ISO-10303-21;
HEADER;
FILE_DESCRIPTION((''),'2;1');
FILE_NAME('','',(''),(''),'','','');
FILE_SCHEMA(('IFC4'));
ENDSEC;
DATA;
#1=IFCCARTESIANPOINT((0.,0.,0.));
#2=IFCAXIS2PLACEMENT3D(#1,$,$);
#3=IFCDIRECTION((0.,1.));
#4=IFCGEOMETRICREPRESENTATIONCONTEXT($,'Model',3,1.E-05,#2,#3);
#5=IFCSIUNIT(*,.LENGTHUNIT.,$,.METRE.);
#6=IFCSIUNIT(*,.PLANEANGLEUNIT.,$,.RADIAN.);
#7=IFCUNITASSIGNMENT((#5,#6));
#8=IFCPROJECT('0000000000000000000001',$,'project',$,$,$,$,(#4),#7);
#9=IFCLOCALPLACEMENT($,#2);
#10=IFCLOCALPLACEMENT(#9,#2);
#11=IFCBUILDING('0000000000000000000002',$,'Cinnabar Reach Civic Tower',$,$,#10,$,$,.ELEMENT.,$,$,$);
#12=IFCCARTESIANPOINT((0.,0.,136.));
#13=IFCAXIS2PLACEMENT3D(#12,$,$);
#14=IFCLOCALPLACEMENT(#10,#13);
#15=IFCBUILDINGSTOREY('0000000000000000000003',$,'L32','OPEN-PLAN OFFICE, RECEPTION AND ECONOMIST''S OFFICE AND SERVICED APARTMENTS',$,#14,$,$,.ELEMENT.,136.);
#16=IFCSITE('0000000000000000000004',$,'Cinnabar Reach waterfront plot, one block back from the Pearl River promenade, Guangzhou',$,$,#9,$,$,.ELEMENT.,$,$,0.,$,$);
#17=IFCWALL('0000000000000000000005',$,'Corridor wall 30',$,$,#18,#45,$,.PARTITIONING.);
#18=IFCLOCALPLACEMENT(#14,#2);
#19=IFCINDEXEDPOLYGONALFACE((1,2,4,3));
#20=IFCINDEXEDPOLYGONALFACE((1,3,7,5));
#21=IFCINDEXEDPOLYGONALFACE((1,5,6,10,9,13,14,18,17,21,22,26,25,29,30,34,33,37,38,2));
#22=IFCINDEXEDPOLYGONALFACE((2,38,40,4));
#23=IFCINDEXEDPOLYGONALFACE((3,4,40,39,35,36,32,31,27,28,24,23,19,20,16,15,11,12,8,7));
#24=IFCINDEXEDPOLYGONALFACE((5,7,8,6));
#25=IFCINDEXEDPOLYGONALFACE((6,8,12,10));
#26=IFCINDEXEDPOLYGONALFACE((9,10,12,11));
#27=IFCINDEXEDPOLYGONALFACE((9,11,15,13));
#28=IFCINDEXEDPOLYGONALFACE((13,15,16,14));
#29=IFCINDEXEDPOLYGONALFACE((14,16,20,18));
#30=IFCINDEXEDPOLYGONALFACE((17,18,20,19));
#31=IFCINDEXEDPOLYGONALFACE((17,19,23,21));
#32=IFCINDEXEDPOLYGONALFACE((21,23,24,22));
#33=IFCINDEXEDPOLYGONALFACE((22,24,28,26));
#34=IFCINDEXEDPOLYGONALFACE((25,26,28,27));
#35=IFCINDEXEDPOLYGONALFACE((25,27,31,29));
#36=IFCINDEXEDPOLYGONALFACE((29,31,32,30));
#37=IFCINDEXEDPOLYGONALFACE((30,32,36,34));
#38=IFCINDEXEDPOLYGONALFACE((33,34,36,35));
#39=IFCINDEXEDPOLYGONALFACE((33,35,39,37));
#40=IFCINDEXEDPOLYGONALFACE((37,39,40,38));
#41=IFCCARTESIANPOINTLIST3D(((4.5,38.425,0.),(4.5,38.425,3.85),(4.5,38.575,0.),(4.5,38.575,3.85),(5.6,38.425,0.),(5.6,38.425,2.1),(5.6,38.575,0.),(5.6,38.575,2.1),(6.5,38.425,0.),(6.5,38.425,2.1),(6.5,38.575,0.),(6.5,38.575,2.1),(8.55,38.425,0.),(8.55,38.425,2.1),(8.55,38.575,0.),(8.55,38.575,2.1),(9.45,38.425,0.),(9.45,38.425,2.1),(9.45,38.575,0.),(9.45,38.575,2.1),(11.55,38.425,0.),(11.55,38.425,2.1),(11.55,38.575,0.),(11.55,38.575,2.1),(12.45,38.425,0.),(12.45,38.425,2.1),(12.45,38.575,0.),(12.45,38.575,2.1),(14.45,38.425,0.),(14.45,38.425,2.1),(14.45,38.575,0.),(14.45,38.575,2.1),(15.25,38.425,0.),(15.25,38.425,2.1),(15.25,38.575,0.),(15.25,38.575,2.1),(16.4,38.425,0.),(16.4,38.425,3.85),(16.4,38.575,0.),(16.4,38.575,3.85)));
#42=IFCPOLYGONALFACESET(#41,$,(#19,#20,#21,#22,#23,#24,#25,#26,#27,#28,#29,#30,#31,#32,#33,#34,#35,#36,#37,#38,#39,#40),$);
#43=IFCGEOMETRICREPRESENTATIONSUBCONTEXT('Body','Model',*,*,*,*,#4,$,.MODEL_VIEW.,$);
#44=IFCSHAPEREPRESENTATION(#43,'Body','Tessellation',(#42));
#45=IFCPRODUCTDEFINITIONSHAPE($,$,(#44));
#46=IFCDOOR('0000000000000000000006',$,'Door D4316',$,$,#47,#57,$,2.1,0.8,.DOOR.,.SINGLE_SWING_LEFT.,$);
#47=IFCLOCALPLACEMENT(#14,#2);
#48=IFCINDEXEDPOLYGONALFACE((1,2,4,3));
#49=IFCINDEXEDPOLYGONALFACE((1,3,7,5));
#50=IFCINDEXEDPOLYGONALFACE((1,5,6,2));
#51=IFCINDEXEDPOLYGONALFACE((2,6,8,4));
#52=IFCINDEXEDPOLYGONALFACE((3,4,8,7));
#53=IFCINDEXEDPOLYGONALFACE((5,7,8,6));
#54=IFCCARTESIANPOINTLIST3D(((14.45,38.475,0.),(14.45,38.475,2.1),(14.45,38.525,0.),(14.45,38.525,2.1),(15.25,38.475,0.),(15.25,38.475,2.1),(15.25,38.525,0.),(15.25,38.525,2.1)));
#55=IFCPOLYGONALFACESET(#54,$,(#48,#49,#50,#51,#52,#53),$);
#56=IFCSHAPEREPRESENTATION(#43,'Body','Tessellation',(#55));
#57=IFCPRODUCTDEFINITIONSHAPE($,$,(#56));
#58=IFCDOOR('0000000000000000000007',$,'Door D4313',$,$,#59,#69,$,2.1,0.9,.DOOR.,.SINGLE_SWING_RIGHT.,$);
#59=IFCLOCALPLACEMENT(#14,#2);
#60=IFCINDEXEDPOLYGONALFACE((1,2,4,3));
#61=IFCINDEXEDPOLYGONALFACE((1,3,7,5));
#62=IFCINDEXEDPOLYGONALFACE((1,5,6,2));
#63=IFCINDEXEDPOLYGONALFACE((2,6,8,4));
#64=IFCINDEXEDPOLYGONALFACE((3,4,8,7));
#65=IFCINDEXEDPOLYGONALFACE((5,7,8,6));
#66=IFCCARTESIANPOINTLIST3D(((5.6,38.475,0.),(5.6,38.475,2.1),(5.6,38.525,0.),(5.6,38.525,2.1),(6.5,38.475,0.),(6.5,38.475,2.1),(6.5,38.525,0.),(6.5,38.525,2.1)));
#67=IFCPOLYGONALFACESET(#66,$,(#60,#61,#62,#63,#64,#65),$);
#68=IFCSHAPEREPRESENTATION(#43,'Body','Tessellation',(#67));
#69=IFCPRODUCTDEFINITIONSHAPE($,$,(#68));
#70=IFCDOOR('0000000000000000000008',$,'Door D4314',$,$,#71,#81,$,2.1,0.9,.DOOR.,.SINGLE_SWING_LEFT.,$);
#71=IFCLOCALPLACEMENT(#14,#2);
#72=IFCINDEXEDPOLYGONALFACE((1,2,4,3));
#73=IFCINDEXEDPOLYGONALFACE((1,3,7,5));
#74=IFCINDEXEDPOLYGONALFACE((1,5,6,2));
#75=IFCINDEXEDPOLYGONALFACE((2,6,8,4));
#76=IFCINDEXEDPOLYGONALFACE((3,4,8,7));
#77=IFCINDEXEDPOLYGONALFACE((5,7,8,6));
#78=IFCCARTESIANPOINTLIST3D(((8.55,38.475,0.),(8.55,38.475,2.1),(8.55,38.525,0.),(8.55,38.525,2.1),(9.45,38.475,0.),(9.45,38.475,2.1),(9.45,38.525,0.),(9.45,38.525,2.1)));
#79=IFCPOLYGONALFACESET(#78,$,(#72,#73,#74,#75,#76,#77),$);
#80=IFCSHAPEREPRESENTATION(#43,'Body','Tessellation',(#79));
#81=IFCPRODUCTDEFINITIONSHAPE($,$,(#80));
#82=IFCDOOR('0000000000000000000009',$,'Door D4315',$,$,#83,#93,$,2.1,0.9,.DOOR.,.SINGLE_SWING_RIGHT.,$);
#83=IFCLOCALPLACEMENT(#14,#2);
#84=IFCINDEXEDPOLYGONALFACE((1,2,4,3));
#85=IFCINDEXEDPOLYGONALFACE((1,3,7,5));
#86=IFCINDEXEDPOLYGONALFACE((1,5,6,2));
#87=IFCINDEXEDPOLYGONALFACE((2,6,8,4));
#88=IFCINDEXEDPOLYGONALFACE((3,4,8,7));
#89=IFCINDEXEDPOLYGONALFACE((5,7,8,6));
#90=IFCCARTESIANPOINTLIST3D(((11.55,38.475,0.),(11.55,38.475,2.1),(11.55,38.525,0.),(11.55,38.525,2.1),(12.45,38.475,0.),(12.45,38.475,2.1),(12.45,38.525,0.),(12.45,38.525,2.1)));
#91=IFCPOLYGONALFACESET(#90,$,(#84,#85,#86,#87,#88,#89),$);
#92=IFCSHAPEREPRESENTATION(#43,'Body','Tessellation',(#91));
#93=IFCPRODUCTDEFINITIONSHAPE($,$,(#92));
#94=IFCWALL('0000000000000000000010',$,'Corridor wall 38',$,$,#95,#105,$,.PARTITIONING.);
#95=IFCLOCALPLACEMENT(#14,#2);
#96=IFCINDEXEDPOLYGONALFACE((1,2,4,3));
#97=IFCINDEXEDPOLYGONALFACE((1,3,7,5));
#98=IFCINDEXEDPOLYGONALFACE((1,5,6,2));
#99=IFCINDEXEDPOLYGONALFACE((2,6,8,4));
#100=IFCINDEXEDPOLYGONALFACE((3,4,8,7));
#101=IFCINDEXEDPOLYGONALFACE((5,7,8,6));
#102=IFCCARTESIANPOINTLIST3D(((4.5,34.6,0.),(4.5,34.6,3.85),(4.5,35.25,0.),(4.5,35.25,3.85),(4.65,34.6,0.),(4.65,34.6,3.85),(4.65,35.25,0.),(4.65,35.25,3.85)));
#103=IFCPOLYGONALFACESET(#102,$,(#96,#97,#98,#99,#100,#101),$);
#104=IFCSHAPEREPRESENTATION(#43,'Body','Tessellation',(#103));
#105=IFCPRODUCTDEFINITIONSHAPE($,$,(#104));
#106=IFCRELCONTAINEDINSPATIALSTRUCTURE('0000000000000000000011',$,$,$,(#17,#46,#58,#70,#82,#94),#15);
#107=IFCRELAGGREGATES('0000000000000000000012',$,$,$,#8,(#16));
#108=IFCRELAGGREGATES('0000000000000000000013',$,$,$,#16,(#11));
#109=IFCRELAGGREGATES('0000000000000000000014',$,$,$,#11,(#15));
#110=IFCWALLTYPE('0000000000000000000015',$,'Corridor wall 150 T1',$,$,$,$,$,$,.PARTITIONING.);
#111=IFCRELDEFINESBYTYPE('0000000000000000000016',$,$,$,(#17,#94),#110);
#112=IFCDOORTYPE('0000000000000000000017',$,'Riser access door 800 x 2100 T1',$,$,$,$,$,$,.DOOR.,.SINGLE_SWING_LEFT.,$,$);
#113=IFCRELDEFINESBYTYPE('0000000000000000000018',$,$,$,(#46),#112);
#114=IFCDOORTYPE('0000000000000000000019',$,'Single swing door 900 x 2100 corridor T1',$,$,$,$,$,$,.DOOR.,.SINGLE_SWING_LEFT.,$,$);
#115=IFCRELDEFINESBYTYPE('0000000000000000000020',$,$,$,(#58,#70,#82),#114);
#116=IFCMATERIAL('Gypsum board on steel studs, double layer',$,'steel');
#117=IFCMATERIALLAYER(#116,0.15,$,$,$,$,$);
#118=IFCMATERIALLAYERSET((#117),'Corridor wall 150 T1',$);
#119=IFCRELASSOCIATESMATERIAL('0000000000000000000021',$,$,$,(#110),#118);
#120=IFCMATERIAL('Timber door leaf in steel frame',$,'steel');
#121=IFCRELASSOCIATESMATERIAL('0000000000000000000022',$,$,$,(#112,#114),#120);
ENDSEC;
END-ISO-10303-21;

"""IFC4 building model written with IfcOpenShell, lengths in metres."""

from ifc_helpers import new_model, si_unit, direction, frame, frame_2d, origin, place, context, subcontext, project, spatial, rectangle, extrude, material, layer, layer_set, type_object, element, fill, save


model = new_model("IFC4")

# Units and contexts
model_context = context("Model", 3, precision=1e-05, world=origin(), true_north=direction((0.0, 1.0)))
body_context = subcontext(model_context, "Body", "Model", "MODEL_VIEW")
ifc_project = project(units=[si_unit("LENGTHUNIT", "METRE"), si_unit("PLANEANGLEUNIT", "RADIAN")], contexts=[model_context])

# Site, building, storey
site_placement = place(None, origin())
site = spatial("IfcSite", under=ifc_project, at=site_placement, Name="Cinnabar Reach waterfront plot, one block back from the Pearl River promenade, Guangzhou", CompositionType="ELEMENT", RefElevation=0.0)
building_placement = place(site_placement, origin())
building = spatial("IfcBuilding", under=site, at=building_placement, Name="Cinnabar Reach Civic Tower", CompositionType="ELEMENT")
storey_placement = place(building_placement, frame((0.0, 0.0, 136.0)))
storey = spatial("IfcBuildingStorey", under=building, at=storey_placement, Name="L32", Description="OPEN-PLAN OFFICE, RECEPTION AND ECONOMIST'S OFFICE AND SERVICED APARTMENTS", CompositionType="ELEMENT", Elevation=136.0)

# Shared definitions
ifc_material_1 = material(Name="Timber door leaf in steel frame", Category="steel")

# Wall, openings, doors
ifc_material_2 = material(Name="Gypsum board on steel studs, double layer", Category="steel")
ifc_layer_1 = layer(ifc_material_2, 0.15)
ifc_layer_set_1 = layer_set([ifc_layer_1], Name="Corridor wall 150 T1")
wall_type_1 = type_object("IfcWallType", Name="Corridor wall 150 T1", PredefinedType="PARTITIONING", material=ifc_layer_set_1)
wall_1_placement = place(storey_placement, frame((4.5, 38.5, 0.0), z_axis=(0.0, 0.0, 1.0), x_axis=(1.0, 0.0, 0.0)))
wall_1 = element("IfcWall", 1, at=wall_1_placement, inside=storey, type_object=wall_type_1, Name="Corridor wall 30", PredefinedType="PARTITIONING", context=body_context, shape_type="SweptSolid", body=[
    extrude(rectangle(XDim=11.9, YDim=0.15, at=frame_2d((5.95, 0.0))), origin(), (0.0, 0.0, 1.0), 3.85),
])
opening_1_placement = place(wall_1_placement, frame((1.1, 0.0, 0.0)))
opening_1 = element("IfcOpeningElement", 2, at=opening_1_placement, cuts=wall_1, PredefinedType="OPENING", context=body_context, shape_type="SweptSolid", body=[
    extrude(rectangle(XDim=0.9, YDim=2.1, at=frame_2d((0.45, 1.05))), frame((0.0, 0.085, 0.0), z_axis=(0.0, -1.0, 0.0), x_axis=(1.0, 0.0, 0.0)), (0.0, 0.0, 1.0), 0.17),
])
opening_2_placement = place(wall_1_placement, frame((4.05, 0.0, 0.0)))
opening_2 = element("IfcOpeningElement", 3, at=opening_2_placement, cuts=wall_1, PredefinedType="OPENING", context=body_context, shape_type="SweptSolid", body=[
    extrude(rectangle(XDim=0.9, YDim=2.1, at=frame_2d((0.45, 1.05))), frame((0.0, 0.085, 0.0), z_axis=(0.0, -1.0, 0.0), x_axis=(1.0, 0.0, 0.0)), (0.0, 0.0, 1.0), 0.17),
])
opening_3_placement = place(wall_1_placement, frame((7.05, 0.0, 0.0)))
opening_3 = element("IfcOpeningElement", 4, at=opening_3_placement, cuts=wall_1, PredefinedType="OPENING", context=body_context, shape_type="SweptSolid", body=[
    extrude(rectangle(XDim=0.9, YDim=2.1, at=frame_2d((0.45, 1.05))), frame((0.0, 0.085, 0.0), z_axis=(0.0, -1.0, 0.0), x_axis=(1.0, 0.0, 0.0)), (0.0, 0.0, 1.0), 0.17),
])
opening_4_placement = place(wall_1_placement, frame((9.95, 0.0, 0.0)))
opening_4 = element("IfcOpeningElement", 5, at=opening_4_placement, cuts=wall_1, PredefinedType="OPENING", context=body_context, shape_type="SweptSolid", body=[
    extrude(rectangle(XDim=0.8, YDim=2.1, at=frame_2d((0.4, 1.05))), frame((0.0, 0.085, 0.0), z_axis=(0.0, -1.0, 0.0), x_axis=(1.0, 0.0, 0.0)), (0.0, 0.0, 1.0), 0.17),
])
door_type_1 = type_object("IfcDoorType", Name="Riser access door 800 x 2100 T1", OperationType="SINGLE_SWING_LEFT", PredefinedType="DOOR", material=ifc_material_1)
door_1_placement = place(opening_4_placement, origin())
door_1 = element("IfcDoor", 6, at=door_1_placement, inside=storey, type_object=door_type_1, Name="Door D4316", OperationType="SINGLE_SWING_LEFT", OverallHeight=2.1, OverallWidth=0.8, PredefinedType="DOOR", context=body_context, shape_type="SweptSolid", body=[
    extrude(rectangle(XDim=0.8, YDim=2.1, at=frame_2d((0.4, 1.05))), frame((0.0, 0.025, 0.0), z_axis=(0.0, -1.0, 0.0), x_axis=(1.0, 0.0, 0.0)), (0.0, 0.0, 1.0), 0.05),
])
fill(opening_4, door_1)
door_type_2 = type_object("IfcDoorType", Name="Single swing door 900 x 2100 corridor T1", OperationType="SINGLE_SWING_LEFT", PredefinedType="DOOR", material=ifc_material_1)
door_2_placement = place(opening_1_placement, origin())
door_2 = element("IfcDoor", 7, at=door_2_placement, inside=storey, type_object=door_type_2, Name="Door D4313", OperationType="SINGLE_SWING_RIGHT", OverallHeight=2.1, OverallWidth=0.9, PredefinedType="DOOR", context=body_context, shape_type="SweptSolid", body=[
    extrude(rectangle(XDim=0.9, YDim=2.1, at=frame_2d((0.45, 1.05))), frame((0.0, 0.025, 0.0), z_axis=(0.0, -1.0, 0.0), x_axis=(1.0, 0.0, 0.0)), (0.0, 0.0, 1.0), 0.05),
])
fill(opening_1, door_2)
door_3_placement = place(opening_2_placement, origin())
door_3 = element("IfcDoor", 8, at=door_3_placement, inside=storey, type_object=door_type_2, Name="Door D4314", OperationType="SINGLE_SWING_LEFT", OverallHeight=2.1, OverallWidth=0.9, PredefinedType="DOOR", context=body_context, shape_type="SweptSolid", body=[
    extrude(rectangle(XDim=0.9, YDim=2.1, at=frame_2d((0.45, 1.05))), frame((0.0, 0.025, 0.0), z_axis=(0.0, -1.0, 0.0), x_axis=(1.0, 0.0, 0.0)), (0.0, 0.0, 1.0), 0.05),
])
fill(opening_2, door_3)
door_4_placement = place(opening_3_placement, origin())
door_4 = element("IfcDoor", 9, at=door_4_placement, inside=storey, type_object=door_type_2, Name="Door D4315", OperationType="SINGLE_SWING_RIGHT", OverallHeight=2.1, OverallWidth=0.9, PredefinedType="DOOR", context=body_context, shape_type="SweptSolid", body=[
    extrude(rectangle(XDim=0.9, YDim=2.1, at=frame_2d((0.45, 1.05))), frame((0.0, 0.025, 0.0), z_axis=(0.0, -1.0, 0.0), x_axis=(1.0, 0.0, 0.0)), (0.0, 0.0, 1.0), 0.05),
])
fill(opening_3, door_4)

# Wall
wall_2_placement = place(storey_placement, frame((4.575, 34.6, 0.0), z_axis=(0.0, 0.0, 1.0), x_axis=(0.0, 1.0, 0.0)))
element("IfcWall", 10, at=wall_2_placement, inside=storey, type_object=wall_type_1, Name="Corridor wall 38", PredefinedType="PARTITIONING", context=body_context, shape_type="SweptSolid", body=[
    extrude(rectangle(XDim=0.65, YDim=0.15, at=frame_2d((0.325, 0.0))), origin(), (0.0, 0.0, 1.0), 3.85),
])

save(model, "model.ifc")
